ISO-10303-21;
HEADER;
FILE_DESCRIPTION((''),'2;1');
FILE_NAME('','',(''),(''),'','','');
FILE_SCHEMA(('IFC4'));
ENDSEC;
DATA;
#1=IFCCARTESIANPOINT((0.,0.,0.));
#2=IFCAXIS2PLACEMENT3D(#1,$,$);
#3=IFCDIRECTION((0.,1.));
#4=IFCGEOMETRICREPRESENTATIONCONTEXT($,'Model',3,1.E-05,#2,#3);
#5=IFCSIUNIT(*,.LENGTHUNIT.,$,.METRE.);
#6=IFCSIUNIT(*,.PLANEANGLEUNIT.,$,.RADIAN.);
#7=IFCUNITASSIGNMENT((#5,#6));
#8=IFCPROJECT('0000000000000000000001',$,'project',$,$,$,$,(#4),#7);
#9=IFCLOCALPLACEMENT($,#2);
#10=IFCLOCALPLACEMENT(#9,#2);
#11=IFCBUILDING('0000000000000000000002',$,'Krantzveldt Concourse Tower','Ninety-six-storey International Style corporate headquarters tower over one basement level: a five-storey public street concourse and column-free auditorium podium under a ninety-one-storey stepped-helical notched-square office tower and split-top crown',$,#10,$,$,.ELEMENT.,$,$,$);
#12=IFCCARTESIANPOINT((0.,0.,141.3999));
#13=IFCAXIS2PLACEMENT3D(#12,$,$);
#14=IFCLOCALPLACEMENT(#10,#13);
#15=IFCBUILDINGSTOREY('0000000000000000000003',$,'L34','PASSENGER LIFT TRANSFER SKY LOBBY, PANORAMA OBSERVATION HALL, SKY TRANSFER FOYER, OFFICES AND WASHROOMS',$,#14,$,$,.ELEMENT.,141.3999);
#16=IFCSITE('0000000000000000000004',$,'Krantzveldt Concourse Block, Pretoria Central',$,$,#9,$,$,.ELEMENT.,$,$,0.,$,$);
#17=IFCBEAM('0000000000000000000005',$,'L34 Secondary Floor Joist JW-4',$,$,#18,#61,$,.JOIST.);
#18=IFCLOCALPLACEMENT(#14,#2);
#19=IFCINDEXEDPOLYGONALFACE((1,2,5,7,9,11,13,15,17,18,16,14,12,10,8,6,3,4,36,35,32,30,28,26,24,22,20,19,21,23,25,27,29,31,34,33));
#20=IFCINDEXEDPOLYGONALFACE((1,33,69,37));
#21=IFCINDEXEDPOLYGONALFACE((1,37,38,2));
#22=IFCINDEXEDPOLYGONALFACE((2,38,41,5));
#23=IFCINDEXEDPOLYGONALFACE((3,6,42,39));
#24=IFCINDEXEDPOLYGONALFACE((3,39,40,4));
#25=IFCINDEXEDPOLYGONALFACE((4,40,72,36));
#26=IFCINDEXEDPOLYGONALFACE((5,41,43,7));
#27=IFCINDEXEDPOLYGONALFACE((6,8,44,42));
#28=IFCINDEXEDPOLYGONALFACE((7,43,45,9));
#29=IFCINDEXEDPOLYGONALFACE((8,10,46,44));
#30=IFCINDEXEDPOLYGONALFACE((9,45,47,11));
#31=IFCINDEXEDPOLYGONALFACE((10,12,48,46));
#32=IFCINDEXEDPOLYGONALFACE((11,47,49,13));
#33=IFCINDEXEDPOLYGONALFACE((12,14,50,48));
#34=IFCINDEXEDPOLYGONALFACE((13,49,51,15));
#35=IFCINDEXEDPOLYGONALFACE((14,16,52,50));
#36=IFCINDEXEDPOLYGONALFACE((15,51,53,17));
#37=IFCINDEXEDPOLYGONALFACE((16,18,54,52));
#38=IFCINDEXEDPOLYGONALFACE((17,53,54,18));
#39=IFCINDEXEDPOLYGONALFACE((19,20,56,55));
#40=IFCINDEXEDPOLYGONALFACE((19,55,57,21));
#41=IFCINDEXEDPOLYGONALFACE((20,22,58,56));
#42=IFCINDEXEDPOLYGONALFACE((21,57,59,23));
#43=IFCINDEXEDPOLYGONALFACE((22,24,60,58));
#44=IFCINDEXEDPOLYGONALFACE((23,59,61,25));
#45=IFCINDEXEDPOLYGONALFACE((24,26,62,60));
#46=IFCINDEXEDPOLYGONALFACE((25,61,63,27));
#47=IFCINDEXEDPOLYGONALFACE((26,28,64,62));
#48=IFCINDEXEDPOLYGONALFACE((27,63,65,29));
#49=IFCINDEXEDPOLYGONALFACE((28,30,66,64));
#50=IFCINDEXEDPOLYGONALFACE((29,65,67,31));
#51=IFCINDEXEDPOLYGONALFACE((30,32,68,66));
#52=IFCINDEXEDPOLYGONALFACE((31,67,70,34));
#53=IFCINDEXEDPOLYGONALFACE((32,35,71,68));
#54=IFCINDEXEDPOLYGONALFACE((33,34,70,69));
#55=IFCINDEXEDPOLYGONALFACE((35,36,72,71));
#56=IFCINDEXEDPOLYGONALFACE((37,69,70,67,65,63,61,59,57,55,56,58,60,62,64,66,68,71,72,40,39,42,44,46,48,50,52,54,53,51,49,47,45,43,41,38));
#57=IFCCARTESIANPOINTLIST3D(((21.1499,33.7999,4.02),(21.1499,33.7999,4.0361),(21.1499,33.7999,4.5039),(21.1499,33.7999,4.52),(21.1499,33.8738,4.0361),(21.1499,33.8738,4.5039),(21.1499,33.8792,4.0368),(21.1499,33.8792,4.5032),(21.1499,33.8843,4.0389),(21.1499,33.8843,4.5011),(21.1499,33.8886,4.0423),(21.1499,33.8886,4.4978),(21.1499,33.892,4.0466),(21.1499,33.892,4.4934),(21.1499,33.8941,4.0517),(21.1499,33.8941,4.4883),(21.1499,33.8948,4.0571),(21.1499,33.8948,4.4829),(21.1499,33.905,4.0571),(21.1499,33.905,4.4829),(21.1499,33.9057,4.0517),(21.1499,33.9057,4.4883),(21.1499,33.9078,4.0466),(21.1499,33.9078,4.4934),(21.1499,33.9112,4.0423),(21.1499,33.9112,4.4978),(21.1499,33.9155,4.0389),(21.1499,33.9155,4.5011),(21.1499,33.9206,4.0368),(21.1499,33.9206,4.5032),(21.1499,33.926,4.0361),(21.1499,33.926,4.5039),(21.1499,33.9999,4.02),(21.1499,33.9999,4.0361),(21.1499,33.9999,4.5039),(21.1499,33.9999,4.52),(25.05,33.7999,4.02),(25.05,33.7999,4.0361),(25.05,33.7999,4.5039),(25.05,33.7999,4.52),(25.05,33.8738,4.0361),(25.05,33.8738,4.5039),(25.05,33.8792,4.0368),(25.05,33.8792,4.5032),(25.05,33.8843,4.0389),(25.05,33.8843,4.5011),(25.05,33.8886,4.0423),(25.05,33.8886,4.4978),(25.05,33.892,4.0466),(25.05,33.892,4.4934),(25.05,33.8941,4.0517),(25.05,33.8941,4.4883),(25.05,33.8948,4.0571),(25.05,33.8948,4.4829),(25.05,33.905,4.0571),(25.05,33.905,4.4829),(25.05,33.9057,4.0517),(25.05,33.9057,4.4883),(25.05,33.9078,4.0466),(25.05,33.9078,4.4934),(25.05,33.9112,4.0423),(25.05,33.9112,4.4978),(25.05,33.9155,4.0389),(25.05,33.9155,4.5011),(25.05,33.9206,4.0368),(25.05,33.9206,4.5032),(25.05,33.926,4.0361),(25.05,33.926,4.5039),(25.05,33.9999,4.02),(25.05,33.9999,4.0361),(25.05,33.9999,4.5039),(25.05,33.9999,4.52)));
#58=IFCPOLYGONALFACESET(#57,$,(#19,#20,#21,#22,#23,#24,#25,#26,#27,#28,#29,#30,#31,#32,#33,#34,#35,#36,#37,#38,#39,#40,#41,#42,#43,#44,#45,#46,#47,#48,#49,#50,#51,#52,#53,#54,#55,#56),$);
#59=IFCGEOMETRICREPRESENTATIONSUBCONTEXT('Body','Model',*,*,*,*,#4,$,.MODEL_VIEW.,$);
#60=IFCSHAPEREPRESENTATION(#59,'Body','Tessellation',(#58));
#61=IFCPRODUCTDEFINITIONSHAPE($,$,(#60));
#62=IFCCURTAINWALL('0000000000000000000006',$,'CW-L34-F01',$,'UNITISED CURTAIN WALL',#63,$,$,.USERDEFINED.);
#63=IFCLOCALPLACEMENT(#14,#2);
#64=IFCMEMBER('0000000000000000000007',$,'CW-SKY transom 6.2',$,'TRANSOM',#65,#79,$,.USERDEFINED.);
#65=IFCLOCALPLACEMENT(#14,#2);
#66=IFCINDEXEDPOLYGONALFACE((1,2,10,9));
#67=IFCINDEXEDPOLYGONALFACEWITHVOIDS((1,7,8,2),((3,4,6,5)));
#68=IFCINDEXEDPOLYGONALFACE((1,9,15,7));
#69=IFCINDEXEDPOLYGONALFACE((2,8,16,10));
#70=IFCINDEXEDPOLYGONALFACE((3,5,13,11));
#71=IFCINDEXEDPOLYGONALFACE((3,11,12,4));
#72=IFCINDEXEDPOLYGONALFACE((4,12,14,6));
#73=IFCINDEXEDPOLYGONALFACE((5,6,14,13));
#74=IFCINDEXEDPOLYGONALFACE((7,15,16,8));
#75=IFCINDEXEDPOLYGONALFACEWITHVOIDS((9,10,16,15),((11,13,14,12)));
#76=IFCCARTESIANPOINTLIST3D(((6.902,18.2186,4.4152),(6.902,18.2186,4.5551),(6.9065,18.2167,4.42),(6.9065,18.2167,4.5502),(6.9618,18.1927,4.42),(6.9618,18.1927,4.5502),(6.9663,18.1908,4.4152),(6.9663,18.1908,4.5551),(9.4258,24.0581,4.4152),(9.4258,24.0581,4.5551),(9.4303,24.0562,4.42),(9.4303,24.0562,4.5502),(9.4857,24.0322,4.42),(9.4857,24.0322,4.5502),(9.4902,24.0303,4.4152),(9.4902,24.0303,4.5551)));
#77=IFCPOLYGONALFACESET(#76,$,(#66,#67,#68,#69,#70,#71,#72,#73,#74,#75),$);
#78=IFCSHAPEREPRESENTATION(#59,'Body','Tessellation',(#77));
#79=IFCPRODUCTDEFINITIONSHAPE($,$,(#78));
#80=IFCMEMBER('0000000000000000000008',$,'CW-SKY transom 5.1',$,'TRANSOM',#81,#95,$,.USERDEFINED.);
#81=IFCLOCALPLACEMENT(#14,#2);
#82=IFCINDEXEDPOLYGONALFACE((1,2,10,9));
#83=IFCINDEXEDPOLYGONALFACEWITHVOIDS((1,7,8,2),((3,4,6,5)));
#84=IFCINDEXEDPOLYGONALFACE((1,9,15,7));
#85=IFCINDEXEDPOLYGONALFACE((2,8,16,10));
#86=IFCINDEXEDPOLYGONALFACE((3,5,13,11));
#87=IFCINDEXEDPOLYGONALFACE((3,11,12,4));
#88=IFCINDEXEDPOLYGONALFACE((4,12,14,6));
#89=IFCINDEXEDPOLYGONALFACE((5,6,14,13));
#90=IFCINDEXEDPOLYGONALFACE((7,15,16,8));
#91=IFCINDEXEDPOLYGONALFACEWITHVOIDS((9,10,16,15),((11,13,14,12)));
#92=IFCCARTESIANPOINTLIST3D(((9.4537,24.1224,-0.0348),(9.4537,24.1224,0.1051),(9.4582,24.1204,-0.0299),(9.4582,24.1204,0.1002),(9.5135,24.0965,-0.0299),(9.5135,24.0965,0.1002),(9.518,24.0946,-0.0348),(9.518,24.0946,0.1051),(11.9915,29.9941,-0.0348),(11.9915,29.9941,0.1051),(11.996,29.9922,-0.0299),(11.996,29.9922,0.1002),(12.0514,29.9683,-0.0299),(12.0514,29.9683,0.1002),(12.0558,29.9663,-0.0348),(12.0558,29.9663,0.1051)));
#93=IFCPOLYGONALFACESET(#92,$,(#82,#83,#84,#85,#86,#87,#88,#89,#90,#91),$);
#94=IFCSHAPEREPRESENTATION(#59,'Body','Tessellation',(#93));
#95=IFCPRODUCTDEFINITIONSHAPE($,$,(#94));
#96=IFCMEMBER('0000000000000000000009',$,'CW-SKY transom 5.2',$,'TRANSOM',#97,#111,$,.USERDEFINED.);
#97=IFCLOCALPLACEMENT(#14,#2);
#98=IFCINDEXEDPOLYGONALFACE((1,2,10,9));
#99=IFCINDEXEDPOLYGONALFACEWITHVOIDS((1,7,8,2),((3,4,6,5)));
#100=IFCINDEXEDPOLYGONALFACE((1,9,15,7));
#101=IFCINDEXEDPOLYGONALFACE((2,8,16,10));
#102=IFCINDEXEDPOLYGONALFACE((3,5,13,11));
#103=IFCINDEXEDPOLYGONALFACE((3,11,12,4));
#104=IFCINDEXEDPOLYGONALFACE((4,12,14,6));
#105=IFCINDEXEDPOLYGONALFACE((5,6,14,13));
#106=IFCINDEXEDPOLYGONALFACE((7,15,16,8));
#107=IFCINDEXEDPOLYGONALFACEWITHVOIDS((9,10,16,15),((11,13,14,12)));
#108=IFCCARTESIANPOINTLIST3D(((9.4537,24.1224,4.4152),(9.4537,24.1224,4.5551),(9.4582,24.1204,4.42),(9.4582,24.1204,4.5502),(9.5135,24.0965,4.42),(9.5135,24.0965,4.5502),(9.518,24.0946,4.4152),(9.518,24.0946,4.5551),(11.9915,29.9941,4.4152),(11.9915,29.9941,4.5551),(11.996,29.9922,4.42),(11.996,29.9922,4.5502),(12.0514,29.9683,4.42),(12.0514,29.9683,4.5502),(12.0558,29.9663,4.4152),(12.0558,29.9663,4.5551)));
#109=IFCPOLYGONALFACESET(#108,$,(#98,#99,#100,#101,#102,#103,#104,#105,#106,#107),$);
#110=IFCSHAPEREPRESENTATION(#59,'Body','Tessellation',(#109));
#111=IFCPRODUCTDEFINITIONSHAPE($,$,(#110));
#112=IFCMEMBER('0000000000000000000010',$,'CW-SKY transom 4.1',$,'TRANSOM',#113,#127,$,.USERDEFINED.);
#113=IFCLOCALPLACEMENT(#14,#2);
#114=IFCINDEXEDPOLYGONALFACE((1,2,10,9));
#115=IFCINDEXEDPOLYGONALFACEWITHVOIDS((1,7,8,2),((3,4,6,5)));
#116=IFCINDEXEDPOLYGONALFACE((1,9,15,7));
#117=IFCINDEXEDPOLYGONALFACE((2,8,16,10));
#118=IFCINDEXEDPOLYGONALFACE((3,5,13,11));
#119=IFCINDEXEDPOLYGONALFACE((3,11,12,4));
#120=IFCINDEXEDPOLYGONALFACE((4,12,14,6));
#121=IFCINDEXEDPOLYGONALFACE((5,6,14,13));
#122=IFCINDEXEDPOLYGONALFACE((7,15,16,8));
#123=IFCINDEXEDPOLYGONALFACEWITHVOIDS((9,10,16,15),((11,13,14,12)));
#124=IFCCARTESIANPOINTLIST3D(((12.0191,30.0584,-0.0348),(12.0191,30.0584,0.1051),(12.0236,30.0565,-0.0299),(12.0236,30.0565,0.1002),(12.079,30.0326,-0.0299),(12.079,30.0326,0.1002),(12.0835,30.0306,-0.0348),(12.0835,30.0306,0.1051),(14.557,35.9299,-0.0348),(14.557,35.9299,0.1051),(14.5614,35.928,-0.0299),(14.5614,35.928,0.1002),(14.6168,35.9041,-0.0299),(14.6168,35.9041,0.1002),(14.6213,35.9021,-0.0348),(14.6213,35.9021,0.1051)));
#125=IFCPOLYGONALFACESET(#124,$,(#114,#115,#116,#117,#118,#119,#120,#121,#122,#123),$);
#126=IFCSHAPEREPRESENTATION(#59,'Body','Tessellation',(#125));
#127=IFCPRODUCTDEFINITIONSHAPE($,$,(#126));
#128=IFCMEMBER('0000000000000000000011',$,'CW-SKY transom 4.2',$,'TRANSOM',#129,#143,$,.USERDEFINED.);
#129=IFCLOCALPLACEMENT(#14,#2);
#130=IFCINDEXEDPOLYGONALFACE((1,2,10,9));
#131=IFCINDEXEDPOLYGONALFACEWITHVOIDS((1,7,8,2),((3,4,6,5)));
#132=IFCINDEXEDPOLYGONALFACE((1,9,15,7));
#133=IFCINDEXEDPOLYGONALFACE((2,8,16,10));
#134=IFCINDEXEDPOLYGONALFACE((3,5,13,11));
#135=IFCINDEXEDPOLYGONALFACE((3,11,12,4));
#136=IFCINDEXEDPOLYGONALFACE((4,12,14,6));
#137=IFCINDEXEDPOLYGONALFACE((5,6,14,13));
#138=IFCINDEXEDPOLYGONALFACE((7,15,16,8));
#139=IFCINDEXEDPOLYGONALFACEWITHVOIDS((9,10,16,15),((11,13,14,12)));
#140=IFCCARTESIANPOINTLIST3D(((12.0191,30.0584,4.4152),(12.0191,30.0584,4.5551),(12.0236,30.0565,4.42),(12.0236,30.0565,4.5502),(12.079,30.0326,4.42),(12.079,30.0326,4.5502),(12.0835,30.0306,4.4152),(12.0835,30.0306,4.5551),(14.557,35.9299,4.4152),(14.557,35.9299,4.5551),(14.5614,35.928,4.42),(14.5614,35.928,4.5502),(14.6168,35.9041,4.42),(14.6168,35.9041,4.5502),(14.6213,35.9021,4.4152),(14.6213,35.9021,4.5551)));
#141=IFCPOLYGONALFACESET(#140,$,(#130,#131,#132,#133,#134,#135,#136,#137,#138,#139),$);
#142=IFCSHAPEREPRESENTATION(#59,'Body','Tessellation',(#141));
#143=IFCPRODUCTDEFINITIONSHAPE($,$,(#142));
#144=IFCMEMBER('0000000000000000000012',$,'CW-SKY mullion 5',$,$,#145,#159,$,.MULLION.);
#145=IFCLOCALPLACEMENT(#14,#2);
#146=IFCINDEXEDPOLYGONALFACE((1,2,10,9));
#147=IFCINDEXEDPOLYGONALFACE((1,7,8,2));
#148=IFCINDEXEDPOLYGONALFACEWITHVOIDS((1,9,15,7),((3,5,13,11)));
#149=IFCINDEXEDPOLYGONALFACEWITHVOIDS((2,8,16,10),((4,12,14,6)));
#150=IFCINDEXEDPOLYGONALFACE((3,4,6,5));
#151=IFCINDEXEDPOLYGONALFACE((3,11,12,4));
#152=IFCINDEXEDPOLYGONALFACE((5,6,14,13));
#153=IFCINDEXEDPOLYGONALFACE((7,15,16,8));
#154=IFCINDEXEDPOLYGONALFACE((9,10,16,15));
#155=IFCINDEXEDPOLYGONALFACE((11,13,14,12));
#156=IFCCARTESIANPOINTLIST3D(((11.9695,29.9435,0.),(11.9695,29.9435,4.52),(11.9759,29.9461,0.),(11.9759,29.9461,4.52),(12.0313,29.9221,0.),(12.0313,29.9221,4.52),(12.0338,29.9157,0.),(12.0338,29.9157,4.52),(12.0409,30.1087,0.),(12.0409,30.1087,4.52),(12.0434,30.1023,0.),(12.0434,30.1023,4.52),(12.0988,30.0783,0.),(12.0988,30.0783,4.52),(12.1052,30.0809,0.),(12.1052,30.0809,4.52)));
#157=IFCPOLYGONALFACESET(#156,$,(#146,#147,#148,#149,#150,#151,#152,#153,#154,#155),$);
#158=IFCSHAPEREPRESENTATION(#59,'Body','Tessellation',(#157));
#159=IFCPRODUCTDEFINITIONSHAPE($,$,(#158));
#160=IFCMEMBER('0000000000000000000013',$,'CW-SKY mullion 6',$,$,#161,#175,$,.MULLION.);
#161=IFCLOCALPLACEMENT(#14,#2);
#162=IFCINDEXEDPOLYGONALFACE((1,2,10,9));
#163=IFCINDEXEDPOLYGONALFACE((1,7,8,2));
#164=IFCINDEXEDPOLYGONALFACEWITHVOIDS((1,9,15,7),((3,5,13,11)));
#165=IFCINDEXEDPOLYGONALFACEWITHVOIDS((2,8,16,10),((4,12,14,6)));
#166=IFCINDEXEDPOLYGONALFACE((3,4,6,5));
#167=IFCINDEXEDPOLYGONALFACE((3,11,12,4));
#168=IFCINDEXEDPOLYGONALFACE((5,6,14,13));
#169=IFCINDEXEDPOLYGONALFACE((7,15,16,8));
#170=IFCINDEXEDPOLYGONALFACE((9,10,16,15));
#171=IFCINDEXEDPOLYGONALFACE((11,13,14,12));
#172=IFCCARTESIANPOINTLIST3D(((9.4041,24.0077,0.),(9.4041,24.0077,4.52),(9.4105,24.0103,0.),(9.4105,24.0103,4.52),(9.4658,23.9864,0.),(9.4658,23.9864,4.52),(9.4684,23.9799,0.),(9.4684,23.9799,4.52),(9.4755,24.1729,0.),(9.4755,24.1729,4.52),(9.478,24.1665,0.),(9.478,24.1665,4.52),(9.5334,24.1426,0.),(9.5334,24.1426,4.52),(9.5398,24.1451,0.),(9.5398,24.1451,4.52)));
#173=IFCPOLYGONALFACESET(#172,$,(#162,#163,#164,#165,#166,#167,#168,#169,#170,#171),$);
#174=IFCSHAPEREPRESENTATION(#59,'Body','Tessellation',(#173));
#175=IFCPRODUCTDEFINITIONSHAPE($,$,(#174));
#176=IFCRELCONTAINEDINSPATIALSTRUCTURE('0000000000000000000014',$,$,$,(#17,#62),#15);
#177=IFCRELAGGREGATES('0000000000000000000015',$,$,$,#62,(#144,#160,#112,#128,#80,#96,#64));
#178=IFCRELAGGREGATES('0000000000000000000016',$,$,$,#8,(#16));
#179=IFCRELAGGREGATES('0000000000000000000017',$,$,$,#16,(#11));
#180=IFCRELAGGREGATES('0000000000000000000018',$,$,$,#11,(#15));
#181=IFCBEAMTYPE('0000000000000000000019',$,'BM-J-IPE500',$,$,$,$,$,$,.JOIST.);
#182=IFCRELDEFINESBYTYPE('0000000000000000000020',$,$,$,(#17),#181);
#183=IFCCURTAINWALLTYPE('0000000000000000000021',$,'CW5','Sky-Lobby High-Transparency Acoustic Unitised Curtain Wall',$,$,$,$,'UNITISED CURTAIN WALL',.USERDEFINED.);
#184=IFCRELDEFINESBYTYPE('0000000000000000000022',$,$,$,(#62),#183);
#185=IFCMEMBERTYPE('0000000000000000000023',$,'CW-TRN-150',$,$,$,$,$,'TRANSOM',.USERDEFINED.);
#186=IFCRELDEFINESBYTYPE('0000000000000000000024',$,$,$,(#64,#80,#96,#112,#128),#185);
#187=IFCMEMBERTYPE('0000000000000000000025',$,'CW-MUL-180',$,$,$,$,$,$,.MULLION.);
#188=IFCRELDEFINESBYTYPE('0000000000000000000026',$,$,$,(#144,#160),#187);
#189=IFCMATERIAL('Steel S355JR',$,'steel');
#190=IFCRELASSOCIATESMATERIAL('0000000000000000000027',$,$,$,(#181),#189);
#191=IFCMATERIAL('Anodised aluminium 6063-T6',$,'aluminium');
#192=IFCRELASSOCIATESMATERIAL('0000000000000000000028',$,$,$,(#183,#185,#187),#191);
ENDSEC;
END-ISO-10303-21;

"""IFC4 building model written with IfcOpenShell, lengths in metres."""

from ifc_helpers import new_model, si_unit, direction, frame, origin, origin_2d, place, context, subcontext, project, spatial, hollow_rectangle, i_section, extrude, source, transform, mapped, material, material_profile, profile_set, type_object, type_shapes, element, aggregate, save


model = new_model("IFC4")

# Units and contexts
model_context = context("Model", 3, precision=1e-05, world=origin(), true_north=direction((0.0, 1.0)))
body_context = subcontext(model_context, "Body", "Model", "MODEL_VIEW")
ifc_project = project(units=[si_unit("LENGTHUNIT", "METRE"), si_unit("PLANEANGLEUNIT", "RADIAN")], contexts=[model_context])

# Site, building, storey
site_placement = place(None, origin())
site = spatial("IfcSite", under=ifc_project, at=site_placement, Name="Krantzveldt Concourse Block, Pretoria Central", CompositionType="ELEMENT", RefElevation=0.0)
building_placement = place(site_placement, origin())
building = spatial("IfcBuilding", under=site, at=building_placement, Name="Krantzveldt Concourse Tower", Description="Ninety-six-storey International Style corporate headquarters tower over one basement level: a five-storey public street concourse and column-free auditorium podium under a ninety-one-storey stepped-helical notched-square office tower and split-top crown", CompositionType="ELEMENT")
storey_placement = place(building_placement, frame((0.0, 0.0, 141.3999)))
storey = spatial("IfcBuildingStorey", under=building, at=storey_placement, Name="L34", Description="PASSENGER LIFT TRANSFER SKY LOBBY, PANORAMA OBSERVATION HALL, SKY TRANSFER FOYER, OFFICES AND WASHROOMS", CompositionType="ELEMENT", Elevation=141.3999)

# Beam
ifc_material_1 = material(Name="Steel S355JR", Category="steel")
ifc_material_profile_1 = material_profile(ifc_material_1, i_section(OverallWidth=0.2, OverallDepth=0.5, WebThickness=0.0103, FlangeThickness=0.0161, FilletRadius=0.021, at=origin_2d()), Name="Steel S355JR", Category="steel")
ifc_profile_set_1 = profile_set([ifc_material_profile_1], Name="Steel S355JR - IPE 500")
beam_type_1 = type_object("IfcBeamType", Name="BM-J-IPE500", PredefinedType="JOIST", material=ifc_profile_set_1)
shared_shape_1 = source(origin(), body_context, "Body", "SweptSolid", [
    extrude(i_section(OverallWidth=0.2, OverallDepth=0.5, WebThickness=0.0103, FlangeThickness=0.0161, FilletRadius=0.021, at=origin_2d()), origin(), (0.0, 0.0, 1.0), 3.9001),
])
type_shapes(beam_type_1, [shared_shape_1])
for number, where, z_axis, x_axis, name in (
    (1, (21.1499, 33.8999, 4.27), (1.0, 0.0, 0.0), (0.0, 1.0, 0.0), "L34 Secondary Floor Joist JW-4"),
):
    element("IfcBeam", number, at=place(storey_placement, frame(where, z_axis=z_axis, x_axis=x_axis)), inside=storey, type_object=beam_type_1, Name=name, PredefinedType="JOIST", context=body_context, shape_type="MappedRepresentation", body=[
        mapped(shared_shape_1, transform((0.0, 0.0, 0.0), x_axis=(1.0, 0.0, 0.0), y_axis=(0.0, 1.0, 0.0), z_axis=(0.0, 0.0, 1.0), scale=1.0)),
    ])

# Curtain wall, members
ifc_material_2 = material(Name="Anodised aluminium 6063-T6", Category="aluminium")
curtain_wall_type = type_object("IfcCurtainWallType", Name="CW5", Description="Sky-Lobby High-Transparency Acoustic Unitised Curtain Wall", ElementType="UNITISED CURTAIN WALL", PredefinedType="USERDEFINED", material=ifc_material_2)
curtain_wall_placement = place(storey_placement, origin())
curtain_wall = element("IfcCurtainWall", 2, at=curtain_wall_placement, inside=storey, type_object=curtain_wall_type, Name="CW-L34-F01", ObjectType="UNITISED CURTAIN WALL", PredefinedType="USERDEFINED")
ifc_material_profile_2 = material_profile(ifc_material_2, hollow_rectangle(XDim=0.0701, YDim=0.1399, WallThickness=0.0049, at=origin_2d()), Name="Anodised aluminium 6063-T6", Category="aluminium")
ifc_profile_set_2 = profile_set([ifc_material_profile_2], Name="Anodised aluminium 6063-T6 - ALU-TRAN 140x70x5")
member_type_1 = type_object("IfcMemberType", Name="CW-TRN-150", ElementType="TRANSOM", PredefinedType="USERDEFINED", material=ifc_profile_set_2)
shared_shape_2 = source(origin(), body_context, "Body", "SweptSolid", [
    extrude(hollow_rectangle(XDim=0.0701, YDim=0.1399, WallThickness=0.0049, at=origin_2d()), origin(), (0.0, 0.0, 1.0), 6.3616),
])
member_1_placement = place(storey_placement, frame((9.458, 24.0442, 4.4851), z_axis=(-0.396738, -0.917932, 0.0), x_axis=(0.917932, -0.396738, 0.0)))
member_1 = element("IfcMember", 3, at=member_1_placement, type_object=member_type_1, Name="CW-SKY transom 6.2", ObjectType="TRANSOM", PredefinedType="USERDEFINED", context=body_context, shape_type="MappedRepresentation", body=[
    mapped(shared_shape_2, transform((0.0, 0.0, 0.0), x_axis=(1.0, 0.0, 0.0), y_axis=(0.0, 1.0, 0.0), z_axis=(0.0, 0.0, 1.0), scale=1.0)),
])
shared_shape_3 = source(origin(), body_context, "Body", "SweptSolid", [
    extrude(hollow_rectangle(XDim=0.0701, YDim=0.1399, WallThickness=0.0049, at=origin_2d()), origin(), (0.0, 0.0, 1.0), 6.3967),
])
member_2_placement = place(storey_placement, frame((12.0237, 29.9802, 0.0352), z_axis=(-0.396736, -0.917933, 0.0), x_axis=(0.917933, -0.396736, 0.0)))
member_2 = element("IfcMember", 4, at=member_2_placement, type_object=member_type_1, Name="CW-SKY transom 5.1", ObjectType="TRANSOM", PredefinedType="USERDEFINED", context=body_context, shape_type="MappedRepresentation", body=[
    mapped(shared_shape_3, transform((0.0, 0.0, 0.0), x_axis=(1.0, 0.0, 0.0), y_axis=(0.0, 1.0, 0.0), z_axis=(0.0, 0.0, 1.0), scale=1.0)),
])
member_3_placement = place(storey_placement, frame((12.0237, 29.9802, 4.4851), z_axis=(-0.396736, -0.917933, 0.0), x_axis=(0.917933, -0.396736, 0.0)))
member_3 = element("IfcMember", 5, at=member_3_placement, type_object=member_type_1, Name="CW-SKY transom 5.2", ObjectType="TRANSOM", PredefinedType="USERDEFINED", context=body_context, shape_type="MappedRepresentation", body=[
    mapped(shared_shape_3, transform((0.0, 0.0, 0.0), x_axis=(1.0, 0.0, 0.0), y_axis=(0.0, 1.0, 0.0), z_axis=(0.0, 0.0, 1.0), scale=1.0)),
])
shared_shape_4 = source(origin(), body_context, "Body", "SweptSolid", [
    extrude(hollow_rectangle(XDim=0.0701, YDim=0.1399, WallThickness=0.0049, at=origin_2d()), origin(), (0.0, 0.0, 1.0), 6.3965),
])
type_shapes(member_type_1, [shared_shape_2, shared_shape_3, shared_shape_4])
member_4_placement = place(storey_placement, frame((14.5891, 35.916, 0.0352), z_axis=(-0.39675, -0.917927, 0.0), x_axis=(0.917927, -0.39675, 0.0)))
member_4 = element("IfcMember", 6, at=member_4_placement, type_object=member_type_1, Name="CW-SKY transom 4.1", ObjectType="TRANSOM", PredefinedType="USERDEFINED", context=body_context, shape_type="MappedRepresentation", body=[
    mapped(shared_shape_4, transform((0.0, 0.0, 0.0), x_axis=(1.0, 0.0, 0.0), y_axis=(0.0, 1.0, 0.0), z_axis=(0.0, 0.0, 1.0), scale=1.0)),
])
member_5_placement = place(storey_placement, frame((14.5891, 35.916, 4.4851), z_axis=(-0.39675, -0.917927, 0.0), x_axis=(0.917927, -0.39675, 0.0)))
member_5 = element("IfcMember", 7, at=member_5_placement, type_object=member_type_1, Name="CW-SKY transom 4.2", ObjectType="TRANSOM", PredefinedType="USERDEFINED", context=body_context, shape_type="MappedRepresentation", body=[
    mapped(shared_shape_4, transform((0.0, 0.0, 0.0), x_axis=(1.0, 0.0, 0.0), y_axis=(0.0, 1.0, 0.0), z_axis=(0.0, 0.0, 1.0), scale=1.0)),
])
ifc_material_profile_3 = material_profile(ifc_material_2, hollow_rectangle(XDim=0.0701, YDim=0.1799, WallThickness=0.0049, at=origin_2d()), Name="Anodised aluminium 6063-T6", Category="aluminium")
ifc_profile_set_3 = profile_set([ifc_material_profile_3], Name="Anodised aluminium 6063-T6 - ALU-MULL 180x70x5")
member_type_2 = type_object("IfcMemberType", Name="CW-MUL-180", PredefinedType="MULLION", material=ifc_profile_set_3)
shared_shape_5 = source(origin(), body_context, "Body", "SweptSolid", [
    extrude(hollow_rectangle(XDim=0.0701, YDim=0.1799, WallThickness=0.0049, at=origin_2d()), origin(), (0.0, 0.0, 1.0), 4.52),
])
type_shapes(member_type_2, [shared_shape_5])
member_6_placement = place(storey_placement, frame((12.0374, 30.0122, 0.0), z_axis=(0.0, 0.0, 1.0), x_axis=(0.917928, -0.396747, 0.0)))
member_6 = element("IfcMember", 8, at=member_6_placement, type_object=member_type_2, Name="CW-SKY mullion 5", PredefinedType="MULLION", context=body_context, shape_type="MappedRepresentation", body=[
    mapped(shared_shape_5, transform((0.0, 0.0, 0.0), x_axis=(1.0, 0.0, 0.0), y_axis=(0.0, 1.0, 0.0), z_axis=(0.0, 0.0, 1.0), scale=1.0)),
])
member_7_placement = place(storey_placement, frame((9.4719, 24.0764, 0.0), z_axis=(0.0, 0.0, 1.0), x_axis=(0.917928, -0.396747, 0.0)))
member_7 = element("IfcMember", 9, at=member_7_placement, type_object=member_type_2, Name="CW-SKY mullion 6", PredefinedType="MULLION", context=body_context, shape_type="MappedRepresentation", body=[
    mapped(shared_shape_5, transform((0.0, 0.0, 0.0), x_axis=(1.0, 0.0, 0.0), y_axis=(0.0, 1.0, 0.0), z_axis=(0.0, 0.0, 1.0), scale=1.0)),
])
aggregate(curtain_wall, [member_6, member_7, member_4, member_5, member_2, member_3, member_1])

save(model, "model.ifc")
